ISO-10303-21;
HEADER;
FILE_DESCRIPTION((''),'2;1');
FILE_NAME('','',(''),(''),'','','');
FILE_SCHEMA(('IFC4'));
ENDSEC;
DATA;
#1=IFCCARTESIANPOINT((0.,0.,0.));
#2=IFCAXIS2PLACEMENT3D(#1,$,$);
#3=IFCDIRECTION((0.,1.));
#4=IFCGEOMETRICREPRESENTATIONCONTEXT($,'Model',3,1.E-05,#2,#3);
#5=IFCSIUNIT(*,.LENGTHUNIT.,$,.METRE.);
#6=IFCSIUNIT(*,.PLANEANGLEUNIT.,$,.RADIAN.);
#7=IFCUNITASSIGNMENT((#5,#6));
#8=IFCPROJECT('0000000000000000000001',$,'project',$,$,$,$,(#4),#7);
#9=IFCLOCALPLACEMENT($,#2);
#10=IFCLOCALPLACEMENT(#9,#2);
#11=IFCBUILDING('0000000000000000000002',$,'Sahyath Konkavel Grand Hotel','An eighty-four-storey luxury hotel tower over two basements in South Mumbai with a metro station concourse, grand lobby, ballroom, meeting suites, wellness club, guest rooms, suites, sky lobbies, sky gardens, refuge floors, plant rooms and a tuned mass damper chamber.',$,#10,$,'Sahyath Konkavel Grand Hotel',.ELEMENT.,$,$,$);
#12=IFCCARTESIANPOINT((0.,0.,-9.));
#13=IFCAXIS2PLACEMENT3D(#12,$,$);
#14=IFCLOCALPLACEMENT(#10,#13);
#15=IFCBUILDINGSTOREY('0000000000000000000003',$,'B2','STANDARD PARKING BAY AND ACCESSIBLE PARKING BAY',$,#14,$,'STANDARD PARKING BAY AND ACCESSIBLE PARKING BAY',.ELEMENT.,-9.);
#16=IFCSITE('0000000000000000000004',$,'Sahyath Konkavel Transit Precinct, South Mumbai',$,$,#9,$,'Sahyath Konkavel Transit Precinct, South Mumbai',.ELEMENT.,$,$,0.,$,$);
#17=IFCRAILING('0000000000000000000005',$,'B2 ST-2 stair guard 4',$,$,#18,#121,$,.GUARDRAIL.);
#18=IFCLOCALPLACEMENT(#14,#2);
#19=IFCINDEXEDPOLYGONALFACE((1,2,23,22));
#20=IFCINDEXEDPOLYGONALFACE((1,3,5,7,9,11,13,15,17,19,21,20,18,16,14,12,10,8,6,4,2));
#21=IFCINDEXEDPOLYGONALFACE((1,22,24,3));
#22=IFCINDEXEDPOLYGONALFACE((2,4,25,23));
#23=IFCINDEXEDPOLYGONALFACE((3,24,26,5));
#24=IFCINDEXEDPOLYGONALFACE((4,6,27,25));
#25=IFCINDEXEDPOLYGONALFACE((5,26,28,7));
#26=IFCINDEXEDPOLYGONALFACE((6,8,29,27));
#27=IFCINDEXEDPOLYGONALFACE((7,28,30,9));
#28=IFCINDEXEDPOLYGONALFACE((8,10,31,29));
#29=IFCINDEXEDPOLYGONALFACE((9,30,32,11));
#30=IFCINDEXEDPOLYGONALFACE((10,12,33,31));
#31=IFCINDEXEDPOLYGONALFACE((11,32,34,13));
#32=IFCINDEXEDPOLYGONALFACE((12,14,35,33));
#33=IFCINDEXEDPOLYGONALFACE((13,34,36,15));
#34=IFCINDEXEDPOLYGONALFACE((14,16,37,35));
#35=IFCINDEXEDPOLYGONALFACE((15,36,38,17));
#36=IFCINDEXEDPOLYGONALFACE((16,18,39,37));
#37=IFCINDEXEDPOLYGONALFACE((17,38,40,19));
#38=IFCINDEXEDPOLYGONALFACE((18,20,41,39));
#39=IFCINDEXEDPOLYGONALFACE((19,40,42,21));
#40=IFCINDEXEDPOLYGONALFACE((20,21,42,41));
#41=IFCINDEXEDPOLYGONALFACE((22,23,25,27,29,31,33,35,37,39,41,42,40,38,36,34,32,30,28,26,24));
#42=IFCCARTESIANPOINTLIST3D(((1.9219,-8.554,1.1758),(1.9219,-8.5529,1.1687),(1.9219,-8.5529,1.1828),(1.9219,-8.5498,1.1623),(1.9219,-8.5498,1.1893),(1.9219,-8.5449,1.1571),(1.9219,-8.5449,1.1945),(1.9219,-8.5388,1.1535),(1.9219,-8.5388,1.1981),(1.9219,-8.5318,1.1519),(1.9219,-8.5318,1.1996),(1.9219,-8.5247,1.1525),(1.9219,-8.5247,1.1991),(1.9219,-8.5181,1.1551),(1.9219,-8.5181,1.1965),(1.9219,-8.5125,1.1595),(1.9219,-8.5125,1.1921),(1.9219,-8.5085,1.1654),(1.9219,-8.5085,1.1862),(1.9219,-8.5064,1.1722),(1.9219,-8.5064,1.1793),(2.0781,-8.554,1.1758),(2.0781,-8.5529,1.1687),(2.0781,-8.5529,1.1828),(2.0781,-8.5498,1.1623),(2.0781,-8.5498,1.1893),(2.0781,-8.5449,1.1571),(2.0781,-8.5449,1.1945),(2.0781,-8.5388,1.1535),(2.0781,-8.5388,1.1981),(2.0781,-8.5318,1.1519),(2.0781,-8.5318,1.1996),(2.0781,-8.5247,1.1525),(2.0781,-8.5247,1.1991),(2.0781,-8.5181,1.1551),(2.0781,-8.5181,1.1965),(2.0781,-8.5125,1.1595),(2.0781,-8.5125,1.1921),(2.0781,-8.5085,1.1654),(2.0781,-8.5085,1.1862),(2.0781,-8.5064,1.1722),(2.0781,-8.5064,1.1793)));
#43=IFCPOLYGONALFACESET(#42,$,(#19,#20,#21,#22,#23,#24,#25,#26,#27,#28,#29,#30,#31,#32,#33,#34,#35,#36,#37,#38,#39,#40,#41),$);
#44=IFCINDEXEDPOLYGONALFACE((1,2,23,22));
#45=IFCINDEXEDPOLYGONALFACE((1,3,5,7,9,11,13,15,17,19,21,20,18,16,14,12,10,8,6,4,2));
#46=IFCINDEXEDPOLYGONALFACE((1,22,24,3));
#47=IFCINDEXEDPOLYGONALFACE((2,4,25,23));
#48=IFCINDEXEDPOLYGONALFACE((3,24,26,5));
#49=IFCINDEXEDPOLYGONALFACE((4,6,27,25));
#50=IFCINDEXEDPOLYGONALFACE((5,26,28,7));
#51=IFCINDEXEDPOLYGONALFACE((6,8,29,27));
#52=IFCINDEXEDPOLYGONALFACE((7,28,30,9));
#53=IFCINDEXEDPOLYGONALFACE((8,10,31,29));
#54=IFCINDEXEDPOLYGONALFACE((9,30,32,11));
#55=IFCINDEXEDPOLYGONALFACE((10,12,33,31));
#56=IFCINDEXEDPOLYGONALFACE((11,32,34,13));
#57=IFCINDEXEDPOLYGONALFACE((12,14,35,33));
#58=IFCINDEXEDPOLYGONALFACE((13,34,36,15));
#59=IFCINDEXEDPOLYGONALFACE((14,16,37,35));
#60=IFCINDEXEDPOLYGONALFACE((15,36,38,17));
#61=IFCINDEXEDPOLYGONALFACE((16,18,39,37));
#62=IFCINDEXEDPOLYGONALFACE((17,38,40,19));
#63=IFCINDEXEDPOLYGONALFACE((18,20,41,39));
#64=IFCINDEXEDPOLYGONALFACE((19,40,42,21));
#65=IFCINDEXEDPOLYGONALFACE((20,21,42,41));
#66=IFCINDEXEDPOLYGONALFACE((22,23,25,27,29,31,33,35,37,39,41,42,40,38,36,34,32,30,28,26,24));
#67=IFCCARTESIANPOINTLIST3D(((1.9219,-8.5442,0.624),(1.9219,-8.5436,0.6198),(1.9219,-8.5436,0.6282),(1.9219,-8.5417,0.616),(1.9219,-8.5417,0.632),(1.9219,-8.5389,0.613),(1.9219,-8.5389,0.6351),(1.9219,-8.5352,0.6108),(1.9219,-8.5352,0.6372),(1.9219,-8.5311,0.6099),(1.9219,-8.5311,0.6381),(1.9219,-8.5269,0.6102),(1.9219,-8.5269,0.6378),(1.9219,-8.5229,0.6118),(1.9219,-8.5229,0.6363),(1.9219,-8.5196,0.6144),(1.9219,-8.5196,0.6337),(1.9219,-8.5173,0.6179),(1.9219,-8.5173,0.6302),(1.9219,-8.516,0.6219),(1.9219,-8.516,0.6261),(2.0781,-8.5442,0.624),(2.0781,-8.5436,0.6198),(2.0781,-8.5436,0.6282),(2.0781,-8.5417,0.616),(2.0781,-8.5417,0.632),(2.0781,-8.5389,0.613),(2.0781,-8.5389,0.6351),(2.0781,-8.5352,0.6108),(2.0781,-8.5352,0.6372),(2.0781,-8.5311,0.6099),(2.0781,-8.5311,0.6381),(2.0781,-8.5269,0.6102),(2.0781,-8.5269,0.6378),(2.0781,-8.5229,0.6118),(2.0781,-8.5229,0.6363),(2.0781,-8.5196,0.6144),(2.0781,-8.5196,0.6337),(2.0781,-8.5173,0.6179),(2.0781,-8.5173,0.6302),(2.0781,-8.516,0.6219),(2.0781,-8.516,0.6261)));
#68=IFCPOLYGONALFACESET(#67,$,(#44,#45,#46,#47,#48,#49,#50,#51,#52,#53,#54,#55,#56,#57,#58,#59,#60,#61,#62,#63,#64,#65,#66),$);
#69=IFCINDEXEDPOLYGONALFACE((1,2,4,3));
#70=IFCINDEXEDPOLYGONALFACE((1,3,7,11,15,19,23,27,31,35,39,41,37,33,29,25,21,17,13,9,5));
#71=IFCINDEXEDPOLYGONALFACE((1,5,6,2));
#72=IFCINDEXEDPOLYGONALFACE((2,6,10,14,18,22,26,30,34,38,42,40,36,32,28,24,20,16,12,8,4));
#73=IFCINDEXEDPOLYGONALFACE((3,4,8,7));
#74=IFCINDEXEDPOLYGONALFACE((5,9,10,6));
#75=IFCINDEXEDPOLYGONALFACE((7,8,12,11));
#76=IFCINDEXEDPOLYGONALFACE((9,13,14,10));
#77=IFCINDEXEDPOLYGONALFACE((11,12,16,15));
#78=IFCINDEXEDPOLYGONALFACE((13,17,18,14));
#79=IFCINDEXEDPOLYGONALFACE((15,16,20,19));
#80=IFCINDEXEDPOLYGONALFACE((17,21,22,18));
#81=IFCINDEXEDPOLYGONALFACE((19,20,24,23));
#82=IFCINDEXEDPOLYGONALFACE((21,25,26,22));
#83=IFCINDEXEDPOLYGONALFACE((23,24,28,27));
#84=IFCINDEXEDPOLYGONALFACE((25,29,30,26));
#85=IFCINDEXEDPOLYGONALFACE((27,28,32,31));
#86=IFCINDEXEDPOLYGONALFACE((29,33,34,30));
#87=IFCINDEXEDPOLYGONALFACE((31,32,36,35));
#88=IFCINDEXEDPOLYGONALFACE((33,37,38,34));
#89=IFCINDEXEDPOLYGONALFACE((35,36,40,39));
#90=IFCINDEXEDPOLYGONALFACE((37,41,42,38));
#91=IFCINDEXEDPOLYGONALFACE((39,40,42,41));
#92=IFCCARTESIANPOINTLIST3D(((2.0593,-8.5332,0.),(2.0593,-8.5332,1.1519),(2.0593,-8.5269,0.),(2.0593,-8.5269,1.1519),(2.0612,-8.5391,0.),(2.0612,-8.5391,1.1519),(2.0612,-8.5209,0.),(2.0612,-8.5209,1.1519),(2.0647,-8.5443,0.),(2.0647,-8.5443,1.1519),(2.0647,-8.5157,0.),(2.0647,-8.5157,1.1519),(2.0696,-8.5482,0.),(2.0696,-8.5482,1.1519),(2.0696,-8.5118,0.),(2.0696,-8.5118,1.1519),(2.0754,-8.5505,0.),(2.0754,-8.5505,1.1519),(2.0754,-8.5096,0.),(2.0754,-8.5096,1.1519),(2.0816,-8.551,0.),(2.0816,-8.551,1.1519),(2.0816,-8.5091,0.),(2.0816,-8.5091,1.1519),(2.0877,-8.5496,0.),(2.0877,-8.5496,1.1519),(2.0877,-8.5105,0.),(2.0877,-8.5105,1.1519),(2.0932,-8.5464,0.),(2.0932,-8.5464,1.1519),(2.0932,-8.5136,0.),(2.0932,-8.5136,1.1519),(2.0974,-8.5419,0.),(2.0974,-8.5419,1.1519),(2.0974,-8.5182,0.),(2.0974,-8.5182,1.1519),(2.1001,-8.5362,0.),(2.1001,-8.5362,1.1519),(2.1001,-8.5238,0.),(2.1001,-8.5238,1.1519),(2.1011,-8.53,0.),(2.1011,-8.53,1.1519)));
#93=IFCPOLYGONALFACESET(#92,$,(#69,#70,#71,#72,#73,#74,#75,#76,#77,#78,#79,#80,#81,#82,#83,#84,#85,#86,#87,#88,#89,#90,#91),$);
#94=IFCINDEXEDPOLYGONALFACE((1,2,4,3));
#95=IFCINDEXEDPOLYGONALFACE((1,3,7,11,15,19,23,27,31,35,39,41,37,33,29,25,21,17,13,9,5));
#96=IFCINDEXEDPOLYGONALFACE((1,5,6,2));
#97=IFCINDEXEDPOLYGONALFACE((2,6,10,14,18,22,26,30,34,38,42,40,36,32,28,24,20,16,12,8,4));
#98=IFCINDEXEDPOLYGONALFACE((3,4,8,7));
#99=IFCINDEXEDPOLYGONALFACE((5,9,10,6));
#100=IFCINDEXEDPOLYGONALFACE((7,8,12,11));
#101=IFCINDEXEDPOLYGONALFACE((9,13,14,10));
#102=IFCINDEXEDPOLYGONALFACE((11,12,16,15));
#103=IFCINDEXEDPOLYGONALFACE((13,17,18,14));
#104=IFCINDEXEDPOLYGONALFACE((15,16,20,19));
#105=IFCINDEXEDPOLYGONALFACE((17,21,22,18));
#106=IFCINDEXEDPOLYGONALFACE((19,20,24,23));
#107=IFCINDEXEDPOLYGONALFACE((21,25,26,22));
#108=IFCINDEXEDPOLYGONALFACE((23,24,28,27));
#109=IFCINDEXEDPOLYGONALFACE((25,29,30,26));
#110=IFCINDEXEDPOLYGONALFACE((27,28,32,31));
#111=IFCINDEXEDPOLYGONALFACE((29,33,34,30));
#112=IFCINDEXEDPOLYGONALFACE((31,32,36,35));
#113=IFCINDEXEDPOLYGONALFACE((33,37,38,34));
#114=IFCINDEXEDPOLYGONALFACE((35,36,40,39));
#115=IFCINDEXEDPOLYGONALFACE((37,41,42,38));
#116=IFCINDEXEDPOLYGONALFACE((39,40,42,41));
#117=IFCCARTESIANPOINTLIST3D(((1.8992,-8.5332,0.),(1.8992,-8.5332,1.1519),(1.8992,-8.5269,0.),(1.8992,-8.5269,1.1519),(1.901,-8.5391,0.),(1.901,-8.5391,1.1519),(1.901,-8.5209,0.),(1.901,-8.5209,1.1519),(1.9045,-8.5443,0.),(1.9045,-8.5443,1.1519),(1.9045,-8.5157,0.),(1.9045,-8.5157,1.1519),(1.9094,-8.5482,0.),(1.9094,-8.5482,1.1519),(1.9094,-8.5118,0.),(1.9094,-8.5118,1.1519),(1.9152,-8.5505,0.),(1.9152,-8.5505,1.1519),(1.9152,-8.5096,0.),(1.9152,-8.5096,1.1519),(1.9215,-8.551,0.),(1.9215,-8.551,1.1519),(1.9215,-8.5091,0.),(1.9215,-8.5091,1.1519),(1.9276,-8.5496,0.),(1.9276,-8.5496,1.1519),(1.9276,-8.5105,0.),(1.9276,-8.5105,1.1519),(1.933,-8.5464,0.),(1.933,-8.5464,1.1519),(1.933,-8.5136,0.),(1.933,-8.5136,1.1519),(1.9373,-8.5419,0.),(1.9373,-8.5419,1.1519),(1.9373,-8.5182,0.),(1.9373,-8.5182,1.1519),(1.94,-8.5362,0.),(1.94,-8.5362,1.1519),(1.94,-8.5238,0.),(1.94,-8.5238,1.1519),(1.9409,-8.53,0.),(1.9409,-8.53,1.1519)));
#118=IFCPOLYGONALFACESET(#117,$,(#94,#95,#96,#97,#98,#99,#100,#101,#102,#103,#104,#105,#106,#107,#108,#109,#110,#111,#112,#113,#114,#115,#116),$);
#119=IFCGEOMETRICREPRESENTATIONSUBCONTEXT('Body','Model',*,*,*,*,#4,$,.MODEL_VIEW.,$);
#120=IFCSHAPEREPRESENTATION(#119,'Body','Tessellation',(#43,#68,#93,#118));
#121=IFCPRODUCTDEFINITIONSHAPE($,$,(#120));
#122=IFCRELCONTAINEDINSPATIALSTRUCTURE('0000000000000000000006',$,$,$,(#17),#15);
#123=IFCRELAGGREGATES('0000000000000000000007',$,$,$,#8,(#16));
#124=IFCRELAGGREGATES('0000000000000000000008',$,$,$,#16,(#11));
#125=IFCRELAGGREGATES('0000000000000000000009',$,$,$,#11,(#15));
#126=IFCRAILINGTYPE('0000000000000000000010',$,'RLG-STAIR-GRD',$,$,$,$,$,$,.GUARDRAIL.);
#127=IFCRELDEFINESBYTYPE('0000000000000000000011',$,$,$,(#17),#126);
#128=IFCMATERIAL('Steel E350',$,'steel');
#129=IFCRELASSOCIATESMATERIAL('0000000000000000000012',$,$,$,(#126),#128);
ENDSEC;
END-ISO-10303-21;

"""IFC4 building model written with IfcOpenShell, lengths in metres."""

from ifc_helpers import new_model, si_unit, direction, frame, origin, origin_2d, place, context, subcontext, project, spatial, circle, extrude, material, type_object, element, save


model = new_model("IFC4")

# Units and contexts
model_context = context("Model", 3, precision=1e-05, world=origin(), true_north=direction((0.0, 1.0)))
body_context = subcontext(model_context, "Body", "Model", "MODEL_VIEW")
ifc_project = project(units=[si_unit("LENGTHUNIT", "METRE"), si_unit("PLANEANGLEUNIT", "RADIAN")], contexts=[model_context])

# Site, building, storey
site_placement = place(None, origin())
site = spatial("IfcSite", under=ifc_project, at=site_placement, Name="Sahyath Konkavel Transit Precinct, South Mumbai", LongName="Sahyath Konkavel Transit Precinct, South Mumbai", CompositionType="ELEMENT", RefElevation=0.0)
building_placement = place(site_placement, origin())
building = spatial("IfcBuilding", under=site, at=building_placement, Name="Sahyath Konkavel Grand Hotel", Description="An eighty-four-storey luxury hotel tower over two basements in South Mumbai with a metro station concourse, grand lobby, ballroom, meeting suites, wellness club, guest rooms, suites, sky lobbies, sky gardens, refuge floors, plant rooms and a tuned mass damper chamber.", LongName="Sahyath Konkavel Grand Hotel", CompositionType="ELEMENT")
storey_placement = place(building_placement, frame((0.0, 0.0, -9.0)))
storey = spatial("IfcBuildingStorey", under=building, at=storey_placement, Name="B2", Description="STANDARD PARKING BAY AND ACCESSIBLE PARKING BAY", LongName="STANDARD PARKING BAY AND ACCESSIBLE PARKING BAY", CompositionType="ELEMENT", Elevation=-9.0)

# Shared definitions
ifc_material_1 = material(Name="Steel E350", Category="steel")

# Railing
railing_type_1 = type_object("IfcRailingType", Name="RLG-STAIR-GRD", PredefinedType="GUARDRAIL", material=ifc_material_1)
railing_1_placement = place(storey_placement, frame((2.0801, -8.53, 0.0)))
element("IfcRailing", 1, at=railing_1_placement, inside=storey, type_object=railing_type_1, Name="B2 ST-2 stair guard 4", PredefinedType="GUARDRAIL", context=body_context, shape_type="SweptSolid", body=[
    extrude(circle(Radius=0.0239, at=origin_2d()), frame((-0.002, 0.0, 1.1758), z_axis=(-1.0, 0.0, 0.0), x_axis=(0.0, -1.0, 0.0)), (0.0, 0.0, 1.0), 0.1562),
    extrude(circle(Radius=0.0142, at=origin_2d()), frame((-0.002, 0.0, 0.624), z_axis=(-1.0, 0.0, 0.0), x_axis=(0.0, -1.0, 0.0)), (0.0, 0.0, 1.0), 0.1562),
    extrude(circle(Radius=0.021, at=origin_2d()), origin(), (0.0, 0.0, 1.0), 1.1519),
    extrude(circle(Radius=0.021, at=origin_2d()), frame((-0.1602, 0.0, 0.0)), (0.0, 0.0, 1.0), 1.1519),
])

save(model, "model.ifc")
